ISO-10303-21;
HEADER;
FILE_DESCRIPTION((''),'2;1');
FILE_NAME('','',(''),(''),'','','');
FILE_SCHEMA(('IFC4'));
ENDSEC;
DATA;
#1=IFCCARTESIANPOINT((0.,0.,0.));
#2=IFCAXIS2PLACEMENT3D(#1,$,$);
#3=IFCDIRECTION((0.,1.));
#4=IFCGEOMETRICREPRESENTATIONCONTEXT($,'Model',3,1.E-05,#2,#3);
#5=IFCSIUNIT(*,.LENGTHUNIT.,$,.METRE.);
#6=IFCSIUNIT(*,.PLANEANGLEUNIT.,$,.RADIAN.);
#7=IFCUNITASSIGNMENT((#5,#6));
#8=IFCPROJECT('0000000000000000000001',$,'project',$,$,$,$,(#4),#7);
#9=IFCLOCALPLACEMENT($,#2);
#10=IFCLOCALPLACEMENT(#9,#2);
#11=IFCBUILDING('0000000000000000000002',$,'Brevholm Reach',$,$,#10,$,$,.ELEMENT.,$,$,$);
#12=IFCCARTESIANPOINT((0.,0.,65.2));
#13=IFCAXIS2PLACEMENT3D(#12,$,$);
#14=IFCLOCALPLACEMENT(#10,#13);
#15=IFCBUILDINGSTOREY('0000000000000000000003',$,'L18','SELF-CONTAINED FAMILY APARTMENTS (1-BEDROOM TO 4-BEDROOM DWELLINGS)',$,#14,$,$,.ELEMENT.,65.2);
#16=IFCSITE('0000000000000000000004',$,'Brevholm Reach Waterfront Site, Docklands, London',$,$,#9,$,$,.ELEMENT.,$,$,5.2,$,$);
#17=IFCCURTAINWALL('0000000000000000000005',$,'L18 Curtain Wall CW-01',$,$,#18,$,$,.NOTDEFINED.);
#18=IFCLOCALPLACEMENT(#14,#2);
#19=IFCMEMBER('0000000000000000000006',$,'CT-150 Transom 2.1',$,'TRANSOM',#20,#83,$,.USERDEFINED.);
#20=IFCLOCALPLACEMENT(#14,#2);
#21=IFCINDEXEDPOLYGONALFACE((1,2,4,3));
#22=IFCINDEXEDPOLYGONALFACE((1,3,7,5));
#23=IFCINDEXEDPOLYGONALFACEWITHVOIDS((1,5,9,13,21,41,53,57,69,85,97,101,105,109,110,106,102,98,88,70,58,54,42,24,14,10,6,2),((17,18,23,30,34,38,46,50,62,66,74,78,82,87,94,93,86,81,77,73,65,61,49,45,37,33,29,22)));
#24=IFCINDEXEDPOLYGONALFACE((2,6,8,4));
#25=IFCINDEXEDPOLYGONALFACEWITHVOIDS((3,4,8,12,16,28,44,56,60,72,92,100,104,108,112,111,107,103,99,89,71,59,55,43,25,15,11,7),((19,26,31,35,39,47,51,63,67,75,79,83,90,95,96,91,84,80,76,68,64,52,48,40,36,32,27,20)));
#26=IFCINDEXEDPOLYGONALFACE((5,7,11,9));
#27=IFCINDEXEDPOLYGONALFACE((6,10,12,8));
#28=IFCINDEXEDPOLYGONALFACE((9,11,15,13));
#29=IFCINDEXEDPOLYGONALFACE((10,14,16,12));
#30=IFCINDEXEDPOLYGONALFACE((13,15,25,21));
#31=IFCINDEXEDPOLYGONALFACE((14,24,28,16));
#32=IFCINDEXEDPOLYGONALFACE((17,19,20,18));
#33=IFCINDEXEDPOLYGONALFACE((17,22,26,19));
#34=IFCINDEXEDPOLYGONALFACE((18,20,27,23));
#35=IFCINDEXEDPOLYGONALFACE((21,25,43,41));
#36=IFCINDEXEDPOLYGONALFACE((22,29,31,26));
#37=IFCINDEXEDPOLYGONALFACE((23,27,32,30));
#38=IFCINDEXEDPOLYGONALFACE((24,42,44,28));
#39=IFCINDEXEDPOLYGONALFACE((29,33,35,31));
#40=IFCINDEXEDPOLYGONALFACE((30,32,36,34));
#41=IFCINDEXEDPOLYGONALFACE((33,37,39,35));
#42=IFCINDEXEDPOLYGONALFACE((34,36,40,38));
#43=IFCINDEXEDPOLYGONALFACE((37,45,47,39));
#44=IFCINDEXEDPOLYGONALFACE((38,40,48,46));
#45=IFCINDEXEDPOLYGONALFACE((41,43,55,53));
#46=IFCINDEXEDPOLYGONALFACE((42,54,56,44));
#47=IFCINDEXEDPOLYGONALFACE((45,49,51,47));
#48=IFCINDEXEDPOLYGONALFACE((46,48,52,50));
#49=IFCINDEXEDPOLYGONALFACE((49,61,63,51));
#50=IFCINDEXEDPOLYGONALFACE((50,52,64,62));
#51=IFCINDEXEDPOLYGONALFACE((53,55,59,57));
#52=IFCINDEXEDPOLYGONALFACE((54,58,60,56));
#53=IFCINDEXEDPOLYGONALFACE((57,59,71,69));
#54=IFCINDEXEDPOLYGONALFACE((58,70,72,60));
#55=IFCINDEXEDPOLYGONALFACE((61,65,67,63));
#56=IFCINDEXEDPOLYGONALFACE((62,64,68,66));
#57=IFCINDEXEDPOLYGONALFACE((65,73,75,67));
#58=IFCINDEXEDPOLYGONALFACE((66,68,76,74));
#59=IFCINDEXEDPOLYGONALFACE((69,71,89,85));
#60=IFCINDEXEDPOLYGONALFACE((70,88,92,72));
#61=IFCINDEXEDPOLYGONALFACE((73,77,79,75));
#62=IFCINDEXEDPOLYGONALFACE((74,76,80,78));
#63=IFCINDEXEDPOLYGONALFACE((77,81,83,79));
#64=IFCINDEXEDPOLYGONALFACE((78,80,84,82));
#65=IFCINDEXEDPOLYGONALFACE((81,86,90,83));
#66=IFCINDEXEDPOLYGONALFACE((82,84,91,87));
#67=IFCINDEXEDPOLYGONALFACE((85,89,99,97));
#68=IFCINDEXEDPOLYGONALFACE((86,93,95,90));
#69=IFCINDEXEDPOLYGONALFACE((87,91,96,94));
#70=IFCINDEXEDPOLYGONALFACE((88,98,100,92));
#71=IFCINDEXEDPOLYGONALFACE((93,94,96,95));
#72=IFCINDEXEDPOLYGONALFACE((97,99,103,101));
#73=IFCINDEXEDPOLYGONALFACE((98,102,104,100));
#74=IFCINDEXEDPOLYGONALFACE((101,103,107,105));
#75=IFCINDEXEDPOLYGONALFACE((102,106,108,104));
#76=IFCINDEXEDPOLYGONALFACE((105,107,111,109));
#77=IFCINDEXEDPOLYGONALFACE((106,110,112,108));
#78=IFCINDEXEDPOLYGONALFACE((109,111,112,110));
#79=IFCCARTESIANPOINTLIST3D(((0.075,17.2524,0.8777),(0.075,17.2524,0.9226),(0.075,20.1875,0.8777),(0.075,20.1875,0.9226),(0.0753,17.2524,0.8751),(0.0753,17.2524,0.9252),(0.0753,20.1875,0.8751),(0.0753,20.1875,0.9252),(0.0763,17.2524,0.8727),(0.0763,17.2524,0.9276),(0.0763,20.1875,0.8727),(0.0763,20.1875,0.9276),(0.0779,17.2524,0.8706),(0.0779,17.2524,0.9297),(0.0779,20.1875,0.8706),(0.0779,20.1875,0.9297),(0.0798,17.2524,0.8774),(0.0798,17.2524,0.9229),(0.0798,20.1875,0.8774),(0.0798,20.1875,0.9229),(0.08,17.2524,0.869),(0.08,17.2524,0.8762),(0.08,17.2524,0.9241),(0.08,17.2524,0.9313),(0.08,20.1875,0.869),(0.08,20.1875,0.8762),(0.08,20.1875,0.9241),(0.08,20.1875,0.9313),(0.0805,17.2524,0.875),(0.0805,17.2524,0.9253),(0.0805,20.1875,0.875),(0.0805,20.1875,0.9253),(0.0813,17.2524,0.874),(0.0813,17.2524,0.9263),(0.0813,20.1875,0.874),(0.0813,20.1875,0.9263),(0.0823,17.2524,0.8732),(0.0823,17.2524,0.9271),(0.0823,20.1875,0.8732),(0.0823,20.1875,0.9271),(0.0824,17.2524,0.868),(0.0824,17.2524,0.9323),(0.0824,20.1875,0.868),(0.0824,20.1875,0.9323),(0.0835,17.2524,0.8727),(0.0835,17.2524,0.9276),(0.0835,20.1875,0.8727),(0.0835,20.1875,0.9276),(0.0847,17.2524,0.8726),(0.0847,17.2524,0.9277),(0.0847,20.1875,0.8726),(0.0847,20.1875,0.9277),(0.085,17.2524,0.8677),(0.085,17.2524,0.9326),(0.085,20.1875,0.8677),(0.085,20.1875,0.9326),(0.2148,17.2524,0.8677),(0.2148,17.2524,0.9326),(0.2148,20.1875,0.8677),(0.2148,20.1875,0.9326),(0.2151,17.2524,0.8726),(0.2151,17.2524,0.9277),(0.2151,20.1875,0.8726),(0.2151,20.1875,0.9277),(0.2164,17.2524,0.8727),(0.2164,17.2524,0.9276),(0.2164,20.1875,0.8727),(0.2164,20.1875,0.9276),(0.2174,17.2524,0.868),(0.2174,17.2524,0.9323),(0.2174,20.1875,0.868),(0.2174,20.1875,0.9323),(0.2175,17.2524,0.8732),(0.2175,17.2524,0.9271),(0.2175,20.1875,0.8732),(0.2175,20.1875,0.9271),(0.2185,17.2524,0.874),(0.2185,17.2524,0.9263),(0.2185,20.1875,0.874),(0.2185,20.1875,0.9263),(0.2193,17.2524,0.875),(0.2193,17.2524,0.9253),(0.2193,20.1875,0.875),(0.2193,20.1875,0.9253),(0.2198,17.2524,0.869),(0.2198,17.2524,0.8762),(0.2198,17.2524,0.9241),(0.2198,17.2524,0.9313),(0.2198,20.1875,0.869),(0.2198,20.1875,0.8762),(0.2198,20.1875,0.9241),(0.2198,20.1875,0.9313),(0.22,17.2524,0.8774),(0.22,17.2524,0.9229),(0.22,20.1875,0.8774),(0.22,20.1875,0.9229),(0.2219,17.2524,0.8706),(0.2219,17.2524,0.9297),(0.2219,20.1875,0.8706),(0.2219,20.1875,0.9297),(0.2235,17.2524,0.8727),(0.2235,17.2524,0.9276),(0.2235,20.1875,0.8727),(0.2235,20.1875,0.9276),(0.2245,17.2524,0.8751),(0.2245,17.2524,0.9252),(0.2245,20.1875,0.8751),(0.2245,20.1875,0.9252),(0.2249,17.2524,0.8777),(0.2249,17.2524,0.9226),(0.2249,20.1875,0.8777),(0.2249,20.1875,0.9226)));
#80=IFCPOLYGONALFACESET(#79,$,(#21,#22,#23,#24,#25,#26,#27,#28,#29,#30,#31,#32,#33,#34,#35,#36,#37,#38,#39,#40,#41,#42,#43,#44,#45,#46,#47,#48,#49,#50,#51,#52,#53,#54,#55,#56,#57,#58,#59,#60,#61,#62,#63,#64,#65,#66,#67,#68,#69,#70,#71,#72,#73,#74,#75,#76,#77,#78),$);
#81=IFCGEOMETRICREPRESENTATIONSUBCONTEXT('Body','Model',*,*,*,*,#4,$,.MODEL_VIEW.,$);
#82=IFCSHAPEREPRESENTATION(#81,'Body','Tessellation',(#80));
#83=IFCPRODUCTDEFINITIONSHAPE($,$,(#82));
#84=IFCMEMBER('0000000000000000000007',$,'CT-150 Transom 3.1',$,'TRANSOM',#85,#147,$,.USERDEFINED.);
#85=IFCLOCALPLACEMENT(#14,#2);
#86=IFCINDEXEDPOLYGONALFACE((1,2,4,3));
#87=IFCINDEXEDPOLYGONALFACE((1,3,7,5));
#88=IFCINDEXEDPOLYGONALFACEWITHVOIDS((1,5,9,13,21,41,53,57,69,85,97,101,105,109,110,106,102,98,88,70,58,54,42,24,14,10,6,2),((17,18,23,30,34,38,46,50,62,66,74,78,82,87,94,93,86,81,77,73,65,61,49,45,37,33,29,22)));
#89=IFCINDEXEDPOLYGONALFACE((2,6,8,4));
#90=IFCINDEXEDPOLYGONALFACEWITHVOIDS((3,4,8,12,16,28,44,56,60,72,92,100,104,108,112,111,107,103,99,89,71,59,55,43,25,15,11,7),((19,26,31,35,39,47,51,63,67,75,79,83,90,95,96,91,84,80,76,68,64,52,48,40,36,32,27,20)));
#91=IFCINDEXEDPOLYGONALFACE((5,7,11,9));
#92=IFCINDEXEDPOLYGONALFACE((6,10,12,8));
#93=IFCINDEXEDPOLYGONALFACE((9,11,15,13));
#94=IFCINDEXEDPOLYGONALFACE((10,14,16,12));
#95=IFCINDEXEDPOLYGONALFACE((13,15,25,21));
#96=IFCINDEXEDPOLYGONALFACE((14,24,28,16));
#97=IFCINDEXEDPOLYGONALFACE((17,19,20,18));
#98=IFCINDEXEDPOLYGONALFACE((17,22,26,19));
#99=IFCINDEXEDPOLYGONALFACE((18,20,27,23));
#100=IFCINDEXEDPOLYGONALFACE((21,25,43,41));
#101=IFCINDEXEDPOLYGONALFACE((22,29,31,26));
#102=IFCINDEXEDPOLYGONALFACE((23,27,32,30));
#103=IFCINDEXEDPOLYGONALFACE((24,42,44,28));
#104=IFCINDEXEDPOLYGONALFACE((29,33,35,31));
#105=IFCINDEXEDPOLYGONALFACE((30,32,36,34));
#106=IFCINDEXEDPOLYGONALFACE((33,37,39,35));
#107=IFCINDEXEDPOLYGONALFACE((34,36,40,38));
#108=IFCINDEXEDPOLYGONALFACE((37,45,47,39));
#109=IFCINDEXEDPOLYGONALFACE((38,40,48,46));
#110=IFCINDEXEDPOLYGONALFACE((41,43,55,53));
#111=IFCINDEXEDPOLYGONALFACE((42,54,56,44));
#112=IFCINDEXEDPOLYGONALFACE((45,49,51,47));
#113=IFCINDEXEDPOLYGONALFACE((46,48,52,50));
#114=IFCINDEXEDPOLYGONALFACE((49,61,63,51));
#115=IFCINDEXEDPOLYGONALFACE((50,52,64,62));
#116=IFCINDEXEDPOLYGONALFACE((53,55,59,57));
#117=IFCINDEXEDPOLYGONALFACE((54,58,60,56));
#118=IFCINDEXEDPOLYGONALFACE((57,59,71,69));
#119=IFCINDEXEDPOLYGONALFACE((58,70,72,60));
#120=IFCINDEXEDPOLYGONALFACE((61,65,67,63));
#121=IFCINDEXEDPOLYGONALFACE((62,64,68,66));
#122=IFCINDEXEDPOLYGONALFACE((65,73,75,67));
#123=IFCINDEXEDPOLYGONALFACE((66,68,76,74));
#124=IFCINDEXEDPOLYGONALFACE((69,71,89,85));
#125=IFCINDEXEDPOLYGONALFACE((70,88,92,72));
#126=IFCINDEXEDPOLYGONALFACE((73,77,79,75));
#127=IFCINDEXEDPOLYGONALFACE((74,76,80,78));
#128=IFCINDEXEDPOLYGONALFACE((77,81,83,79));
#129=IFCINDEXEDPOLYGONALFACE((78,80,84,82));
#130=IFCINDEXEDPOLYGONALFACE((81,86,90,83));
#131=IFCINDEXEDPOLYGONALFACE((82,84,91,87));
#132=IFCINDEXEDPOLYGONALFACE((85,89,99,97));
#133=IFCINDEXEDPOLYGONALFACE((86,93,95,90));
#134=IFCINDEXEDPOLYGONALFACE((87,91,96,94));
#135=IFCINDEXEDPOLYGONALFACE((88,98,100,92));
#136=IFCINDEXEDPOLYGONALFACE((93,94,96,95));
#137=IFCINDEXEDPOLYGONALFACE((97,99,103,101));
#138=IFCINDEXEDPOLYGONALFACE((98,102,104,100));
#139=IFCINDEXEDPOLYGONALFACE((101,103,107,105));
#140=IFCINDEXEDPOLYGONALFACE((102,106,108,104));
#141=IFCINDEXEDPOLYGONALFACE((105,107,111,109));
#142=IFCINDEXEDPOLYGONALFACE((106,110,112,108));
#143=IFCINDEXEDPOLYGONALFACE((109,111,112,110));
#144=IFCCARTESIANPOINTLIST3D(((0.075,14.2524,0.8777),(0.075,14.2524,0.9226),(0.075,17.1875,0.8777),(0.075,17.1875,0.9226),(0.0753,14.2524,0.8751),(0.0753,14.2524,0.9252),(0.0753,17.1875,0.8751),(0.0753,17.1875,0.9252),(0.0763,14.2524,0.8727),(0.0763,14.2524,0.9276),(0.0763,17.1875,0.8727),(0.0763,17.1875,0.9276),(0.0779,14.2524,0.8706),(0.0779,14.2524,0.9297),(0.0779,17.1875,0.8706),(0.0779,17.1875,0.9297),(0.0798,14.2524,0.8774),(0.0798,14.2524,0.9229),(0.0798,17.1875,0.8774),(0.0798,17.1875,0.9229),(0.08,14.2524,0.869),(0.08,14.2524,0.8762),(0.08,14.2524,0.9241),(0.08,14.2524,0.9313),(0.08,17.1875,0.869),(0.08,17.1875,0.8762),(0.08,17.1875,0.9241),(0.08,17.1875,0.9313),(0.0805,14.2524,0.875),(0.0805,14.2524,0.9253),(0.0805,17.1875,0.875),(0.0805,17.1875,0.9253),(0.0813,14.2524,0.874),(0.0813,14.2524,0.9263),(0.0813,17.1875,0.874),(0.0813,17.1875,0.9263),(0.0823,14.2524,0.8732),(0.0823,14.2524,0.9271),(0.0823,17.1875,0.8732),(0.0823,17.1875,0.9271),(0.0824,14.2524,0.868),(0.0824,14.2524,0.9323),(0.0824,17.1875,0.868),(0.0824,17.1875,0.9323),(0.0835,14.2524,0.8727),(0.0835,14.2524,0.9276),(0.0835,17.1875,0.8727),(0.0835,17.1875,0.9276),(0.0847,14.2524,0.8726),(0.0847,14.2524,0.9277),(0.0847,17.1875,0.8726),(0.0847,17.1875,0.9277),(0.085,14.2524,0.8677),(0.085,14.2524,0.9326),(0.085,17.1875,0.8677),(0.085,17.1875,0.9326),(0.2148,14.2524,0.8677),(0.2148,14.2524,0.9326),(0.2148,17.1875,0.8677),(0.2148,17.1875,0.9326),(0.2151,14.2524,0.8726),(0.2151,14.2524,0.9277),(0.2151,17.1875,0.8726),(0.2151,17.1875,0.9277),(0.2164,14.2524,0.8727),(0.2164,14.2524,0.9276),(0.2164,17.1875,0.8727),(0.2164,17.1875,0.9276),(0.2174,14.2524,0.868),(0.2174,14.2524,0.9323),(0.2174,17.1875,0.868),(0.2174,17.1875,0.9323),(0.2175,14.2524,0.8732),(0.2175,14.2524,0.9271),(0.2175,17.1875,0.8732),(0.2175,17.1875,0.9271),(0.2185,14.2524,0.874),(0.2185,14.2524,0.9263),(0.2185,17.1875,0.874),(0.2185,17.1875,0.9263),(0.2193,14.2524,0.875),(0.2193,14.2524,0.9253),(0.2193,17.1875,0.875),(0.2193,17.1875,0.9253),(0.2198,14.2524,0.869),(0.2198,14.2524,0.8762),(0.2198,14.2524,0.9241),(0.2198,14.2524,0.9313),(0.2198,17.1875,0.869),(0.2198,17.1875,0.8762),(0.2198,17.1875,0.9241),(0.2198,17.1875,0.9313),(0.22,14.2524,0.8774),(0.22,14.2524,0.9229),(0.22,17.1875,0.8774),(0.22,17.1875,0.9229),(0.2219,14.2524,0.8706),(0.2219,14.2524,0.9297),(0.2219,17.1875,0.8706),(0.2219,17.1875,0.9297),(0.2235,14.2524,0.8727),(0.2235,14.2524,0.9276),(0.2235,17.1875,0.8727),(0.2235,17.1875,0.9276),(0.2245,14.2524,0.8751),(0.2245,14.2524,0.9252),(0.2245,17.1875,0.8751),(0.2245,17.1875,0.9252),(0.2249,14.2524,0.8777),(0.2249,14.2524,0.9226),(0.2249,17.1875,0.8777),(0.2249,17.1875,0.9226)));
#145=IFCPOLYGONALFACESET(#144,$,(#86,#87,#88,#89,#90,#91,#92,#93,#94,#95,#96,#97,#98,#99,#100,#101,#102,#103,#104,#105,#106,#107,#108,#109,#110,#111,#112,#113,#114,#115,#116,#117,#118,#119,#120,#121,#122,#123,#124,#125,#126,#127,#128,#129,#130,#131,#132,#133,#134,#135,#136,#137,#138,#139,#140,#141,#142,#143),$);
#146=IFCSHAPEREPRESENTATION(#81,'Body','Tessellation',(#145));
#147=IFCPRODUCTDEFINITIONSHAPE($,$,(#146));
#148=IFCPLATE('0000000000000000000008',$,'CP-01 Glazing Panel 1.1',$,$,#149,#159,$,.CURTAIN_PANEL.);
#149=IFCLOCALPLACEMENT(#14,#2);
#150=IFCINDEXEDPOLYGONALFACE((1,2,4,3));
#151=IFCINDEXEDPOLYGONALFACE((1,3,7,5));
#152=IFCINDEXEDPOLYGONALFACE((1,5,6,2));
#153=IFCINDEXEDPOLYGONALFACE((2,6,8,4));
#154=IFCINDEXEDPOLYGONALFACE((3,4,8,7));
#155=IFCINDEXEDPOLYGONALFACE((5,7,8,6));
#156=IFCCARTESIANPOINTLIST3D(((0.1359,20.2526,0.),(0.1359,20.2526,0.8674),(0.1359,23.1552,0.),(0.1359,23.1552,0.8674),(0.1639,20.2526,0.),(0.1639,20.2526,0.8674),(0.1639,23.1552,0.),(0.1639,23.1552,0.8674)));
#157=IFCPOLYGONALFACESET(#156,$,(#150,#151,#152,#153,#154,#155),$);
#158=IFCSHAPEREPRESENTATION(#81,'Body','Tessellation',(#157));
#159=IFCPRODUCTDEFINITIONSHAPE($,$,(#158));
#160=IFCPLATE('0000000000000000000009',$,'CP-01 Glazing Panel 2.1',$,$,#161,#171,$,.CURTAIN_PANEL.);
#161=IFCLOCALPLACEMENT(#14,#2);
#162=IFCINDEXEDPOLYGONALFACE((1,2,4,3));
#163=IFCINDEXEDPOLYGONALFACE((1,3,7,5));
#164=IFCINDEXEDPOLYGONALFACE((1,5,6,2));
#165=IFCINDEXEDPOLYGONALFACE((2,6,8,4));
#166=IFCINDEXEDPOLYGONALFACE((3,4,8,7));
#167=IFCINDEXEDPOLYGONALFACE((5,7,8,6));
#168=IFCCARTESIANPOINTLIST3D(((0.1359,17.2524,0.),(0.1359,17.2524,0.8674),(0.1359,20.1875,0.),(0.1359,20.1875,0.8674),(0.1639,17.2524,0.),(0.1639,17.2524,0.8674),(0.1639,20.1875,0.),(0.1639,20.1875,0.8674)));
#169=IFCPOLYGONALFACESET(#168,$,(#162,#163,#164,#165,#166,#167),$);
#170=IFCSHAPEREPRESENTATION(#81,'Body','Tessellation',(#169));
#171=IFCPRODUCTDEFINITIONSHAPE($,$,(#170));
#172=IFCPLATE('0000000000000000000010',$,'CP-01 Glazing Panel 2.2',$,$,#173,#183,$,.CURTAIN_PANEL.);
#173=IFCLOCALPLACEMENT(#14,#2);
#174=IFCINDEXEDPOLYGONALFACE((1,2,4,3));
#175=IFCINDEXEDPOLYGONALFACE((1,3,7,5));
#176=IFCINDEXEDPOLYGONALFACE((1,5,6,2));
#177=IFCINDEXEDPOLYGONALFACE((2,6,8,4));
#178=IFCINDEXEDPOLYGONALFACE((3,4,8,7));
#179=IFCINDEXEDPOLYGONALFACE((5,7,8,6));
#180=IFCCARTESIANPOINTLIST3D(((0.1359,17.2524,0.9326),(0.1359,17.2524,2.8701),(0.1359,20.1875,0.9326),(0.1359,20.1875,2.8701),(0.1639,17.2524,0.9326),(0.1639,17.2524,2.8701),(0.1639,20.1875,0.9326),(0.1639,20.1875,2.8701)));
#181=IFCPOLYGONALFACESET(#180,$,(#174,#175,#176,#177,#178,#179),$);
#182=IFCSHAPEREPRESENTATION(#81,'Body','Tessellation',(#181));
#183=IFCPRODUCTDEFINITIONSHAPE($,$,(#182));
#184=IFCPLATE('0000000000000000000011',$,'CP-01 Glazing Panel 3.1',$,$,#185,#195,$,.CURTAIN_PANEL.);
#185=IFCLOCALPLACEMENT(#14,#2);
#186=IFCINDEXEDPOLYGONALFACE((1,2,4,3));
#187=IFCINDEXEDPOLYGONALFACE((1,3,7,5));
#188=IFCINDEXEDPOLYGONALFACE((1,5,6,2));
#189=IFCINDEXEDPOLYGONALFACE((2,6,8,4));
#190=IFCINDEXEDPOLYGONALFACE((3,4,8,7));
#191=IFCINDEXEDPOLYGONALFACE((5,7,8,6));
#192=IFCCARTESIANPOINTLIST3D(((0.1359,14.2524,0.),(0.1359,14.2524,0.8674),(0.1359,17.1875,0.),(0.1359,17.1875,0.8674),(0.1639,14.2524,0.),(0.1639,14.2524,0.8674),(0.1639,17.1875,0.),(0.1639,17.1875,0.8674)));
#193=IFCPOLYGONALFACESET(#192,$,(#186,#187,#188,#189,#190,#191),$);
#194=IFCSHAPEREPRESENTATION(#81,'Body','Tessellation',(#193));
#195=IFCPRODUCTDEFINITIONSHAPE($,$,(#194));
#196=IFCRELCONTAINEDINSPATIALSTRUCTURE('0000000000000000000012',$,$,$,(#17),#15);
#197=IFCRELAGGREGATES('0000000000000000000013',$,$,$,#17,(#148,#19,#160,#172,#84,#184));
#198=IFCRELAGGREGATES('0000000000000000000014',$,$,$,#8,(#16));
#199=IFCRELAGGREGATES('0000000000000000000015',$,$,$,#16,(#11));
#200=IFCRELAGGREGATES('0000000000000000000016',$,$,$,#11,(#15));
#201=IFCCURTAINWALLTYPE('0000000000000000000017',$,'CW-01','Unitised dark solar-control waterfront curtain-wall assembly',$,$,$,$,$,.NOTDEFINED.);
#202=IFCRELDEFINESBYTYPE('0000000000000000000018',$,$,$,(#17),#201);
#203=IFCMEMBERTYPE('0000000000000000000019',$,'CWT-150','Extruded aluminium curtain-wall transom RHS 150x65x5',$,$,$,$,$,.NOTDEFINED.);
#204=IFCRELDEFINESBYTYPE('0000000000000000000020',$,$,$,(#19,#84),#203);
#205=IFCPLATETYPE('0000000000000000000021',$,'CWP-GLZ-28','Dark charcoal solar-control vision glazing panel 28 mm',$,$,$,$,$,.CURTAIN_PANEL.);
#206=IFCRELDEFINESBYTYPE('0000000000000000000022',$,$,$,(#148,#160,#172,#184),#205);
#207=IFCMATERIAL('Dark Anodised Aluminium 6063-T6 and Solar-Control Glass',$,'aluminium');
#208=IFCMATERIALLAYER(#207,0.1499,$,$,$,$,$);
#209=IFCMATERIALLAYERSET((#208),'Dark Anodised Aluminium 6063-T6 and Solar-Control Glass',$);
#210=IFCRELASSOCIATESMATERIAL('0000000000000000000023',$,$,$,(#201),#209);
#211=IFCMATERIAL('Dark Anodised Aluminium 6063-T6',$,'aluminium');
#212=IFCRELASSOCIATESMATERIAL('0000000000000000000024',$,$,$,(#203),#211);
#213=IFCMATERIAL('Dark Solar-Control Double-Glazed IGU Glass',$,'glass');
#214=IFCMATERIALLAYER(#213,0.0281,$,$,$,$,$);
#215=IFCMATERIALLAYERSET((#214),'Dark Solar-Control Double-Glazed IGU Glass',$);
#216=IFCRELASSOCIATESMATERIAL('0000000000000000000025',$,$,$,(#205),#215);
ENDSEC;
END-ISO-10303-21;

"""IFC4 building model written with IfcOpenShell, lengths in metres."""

from ifc_helpers import new_model, si_unit, direction, frame, origin, origin_2d, place, context, subcontext, project, spatial, rectangle, hollow_rectangle, extrude, material, layer, layer_set, material_profile, profile_set, type_object, element, aggregate, save


model = new_model("IFC4")

# Units and contexts
model_context = context("Model", 3, precision=1e-05, world=origin(), true_north=direction((0.0, 1.0)))
body_context = subcontext(model_context, "Body", "Model", "MODEL_VIEW")
ifc_project = project(units=[si_unit("LENGTHUNIT", "METRE"), si_unit("PLANEANGLEUNIT", "RADIAN")], contexts=[model_context])

# Site, building, storey
site_placement = place(None, origin())
site = spatial("IfcSite", under=ifc_project, at=site_placement, Name="Brevholm Reach Waterfront Site, Docklands, London", CompositionType="ELEMENT", RefElevation=5.2)
building_placement = place(site_placement, origin())
building = spatial("IfcBuilding", under=site, at=building_placement, Name="Brevholm Reach", CompositionType="ELEMENT")
storey_placement = place(building_placement, frame((0.0, 0.0, 65.2)))
storey = spatial("IfcBuildingStorey", under=building, at=storey_placement, Name="L18", Description="SELF-CONTAINED FAMILY APARTMENTS (1-BEDROOM TO 4-BEDROOM DWELLINGS)", CompositionType="ELEMENT", Elevation=65.2)

# Curtain wall, members, plates
ifc_material_1 = material(Name="Dark Anodised Aluminium 6063-T6 and Solar-Control Glass", Category="aluminium")
ifc_layer_1 = layer(ifc_material_1, 0.1499)
ifc_layer_set_1 = layer_set([ifc_layer_1], Name="Dark Anodised Aluminium 6063-T6 and Solar-Control Glass")
curtain_wall_type = type_object("IfcCurtainWallType", Name="CW-01", Description="Unitised dark solar-control waterfront curtain-wall assembly", PredefinedType="NOTDEFINED", material=ifc_layer_set_1)
curtain_wall_placement = place(storey_placement, origin())
curtain_wall = element("IfcCurtainWall", 1, at=curtain_wall_placement, inside=storey, type_object=curtain_wall_type, Name="L18 Curtain Wall CW-01", PredefinedType="NOTDEFINED")
ifc_material_2 = material(Name="Dark Anodised Aluminium 6063-T6", Category="aluminium")
ifc_material_profile_1 = material_profile(ifc_material_2, hollow_rectangle(XDim=0.0649, YDim=0.1499, WallThickness=0.0049, InnerFilletRadius=0.0049, OuterFilletRadius=0.01, at=origin_2d()), Name="RHS 150x65x5")
ifc_profile_set_1 = profile_set([ifc_material_profile_1], Name="Dark Anodised Aluminium 6063-T6")
member_type_1 = type_object("IfcMemberType", Name="CWT-150", Description="Extruded aluminium curtain-wall transom RHS 150x65x5", PredefinedType="NOTDEFINED", material=ifc_profile_set_1)
member_1_placement = place(storey_placement, frame((0.1499, 20.1875, 0.9001), z_axis=(0.0, -1.0, 0.0), x_axis=(0.0, 0.0, 1.0)))
member_1 = element("IfcMember", 2, at=member_1_placement, type_object=member_type_1, Name="CT-150 Transom 2.1", ObjectType="TRANSOM", PredefinedType="USERDEFINED", context=body_context, shape_type="SweptSolid", body=[
    extrude(hollow_rectangle(XDim=0.0649, YDim=0.1499, WallThickness=0.0049, InnerFilletRadius=0.0049, OuterFilletRadius=0.01, at=origin_2d()), origin(), (0.0, 0.0, 1.0), 2.9351),
])
member_2_placement = place(storey_placement, frame((0.1499, 17.1875, 0.9001), z_axis=(0.0, -1.0, 0.0), x_axis=(0.0, 0.0, 1.0)))
member_2 = element("IfcMember", 3, at=member_2_placement, type_object=member_type_1, Name="CT-150 Transom 3.1", ObjectType="TRANSOM", PredefinedType="USERDEFINED", context=body_context, shape_type="SweptSolid", body=[
    extrude(hollow_rectangle(XDim=0.0649, YDim=0.1499, WallThickness=0.0049, InnerFilletRadius=0.0049, OuterFilletRadius=0.01, at=origin_2d()), origin(), (0.0, 0.0, 1.0), 2.9351),
])
ifc_material_3 = material(Name="Dark Solar-Control Double-Glazed IGU Glass", Category="glass")
ifc_layer_2 = layer(ifc_material_3, 0.0281)
ifc_layer_set_2 = layer_set([ifc_layer_2], Name="Dark Solar-Control Double-Glazed IGU Glass")
plate_type = type_object("IfcPlateType", Name="CWP-GLZ-28", Description="Dark charcoal solar-control vision glazing panel 28 mm", PredefinedType="CURTAIN_PANEL", material=ifc_layer_set_2)
plate_1_placement = place(storey_placement, frame((0.1499, 21.7039, 0.0), z_axis=(0.0, 0.0, 1.0), x_axis=(0.0, -1.0, 0.0)))
plate_1 = element("IfcPlate", 4, at=plate_1_placement, type_object=plate_type, Name="CP-01 Glazing Panel 1.1", PredefinedType="CURTAIN_PANEL", context=body_context, shape_type="SweptSolid", body=[
    extrude(rectangle(XDim=2.9026, YDim=0.0281, at=origin_2d()), origin(), (0.0, 0.0, 1.0), 0.8674),
])
plate_2_placement = place(storey_placement, frame((0.1499, 18.72, 0.0), z_axis=(0.0, 0.0, 1.0), x_axis=(0.0, -1.0, 0.0)))
plate_2 = element("IfcPlate", 5, at=plate_2_placement, type_object=plate_type, Name="CP-01 Glazing Panel 2.1", PredefinedType="CURTAIN_PANEL", context=body_context, shape_type="SweptSolid", body=[
    extrude(rectangle(XDim=2.9351, YDim=0.0281, at=origin_2d()), origin(), (0.0, 0.0, 1.0), 0.8674),
])
plate_3_placement = place(storey_placement, frame((0.1499, 18.72, 0.9326), z_axis=(0.0, 0.0, 1.0), x_axis=(0.0, -1.0, 0.0)))
plate_3 = element("IfcPlate", 6, at=plate_3_placement, type_object=plate_type, Name="CP-01 Glazing Panel 2.2", PredefinedType="CURTAIN_PANEL", context=body_context, shape_type="SweptSolid", body=[
    extrude(rectangle(XDim=2.9351, YDim=0.0281, at=origin_2d()), origin(), (0.0, 0.0, 1.0), 1.9375),
])
plate_4_placement = place(storey_placement, frame((0.1499, 15.72, 0.0), z_axis=(0.0, 0.0, 1.0), x_axis=(0.0, -1.0, 0.0)))
plate_4 = element("IfcPlate", 7, at=plate_4_placement, type_object=plate_type, Name="CP-01 Glazing Panel 3.1", PredefinedType="CURTAIN_PANEL", context=body_context, shape_type="SweptSolid", body=[
    extrude(rectangle(XDim=2.9351, YDim=0.0281, at=origin_2d()), origin(), (0.0, 0.0, 1.0), 0.8674),
])
aggregate(curtain_wall, [plate_1, member_1, plate_2, plate_3, member_2, plate_4])

save(model, "model.ifc")
